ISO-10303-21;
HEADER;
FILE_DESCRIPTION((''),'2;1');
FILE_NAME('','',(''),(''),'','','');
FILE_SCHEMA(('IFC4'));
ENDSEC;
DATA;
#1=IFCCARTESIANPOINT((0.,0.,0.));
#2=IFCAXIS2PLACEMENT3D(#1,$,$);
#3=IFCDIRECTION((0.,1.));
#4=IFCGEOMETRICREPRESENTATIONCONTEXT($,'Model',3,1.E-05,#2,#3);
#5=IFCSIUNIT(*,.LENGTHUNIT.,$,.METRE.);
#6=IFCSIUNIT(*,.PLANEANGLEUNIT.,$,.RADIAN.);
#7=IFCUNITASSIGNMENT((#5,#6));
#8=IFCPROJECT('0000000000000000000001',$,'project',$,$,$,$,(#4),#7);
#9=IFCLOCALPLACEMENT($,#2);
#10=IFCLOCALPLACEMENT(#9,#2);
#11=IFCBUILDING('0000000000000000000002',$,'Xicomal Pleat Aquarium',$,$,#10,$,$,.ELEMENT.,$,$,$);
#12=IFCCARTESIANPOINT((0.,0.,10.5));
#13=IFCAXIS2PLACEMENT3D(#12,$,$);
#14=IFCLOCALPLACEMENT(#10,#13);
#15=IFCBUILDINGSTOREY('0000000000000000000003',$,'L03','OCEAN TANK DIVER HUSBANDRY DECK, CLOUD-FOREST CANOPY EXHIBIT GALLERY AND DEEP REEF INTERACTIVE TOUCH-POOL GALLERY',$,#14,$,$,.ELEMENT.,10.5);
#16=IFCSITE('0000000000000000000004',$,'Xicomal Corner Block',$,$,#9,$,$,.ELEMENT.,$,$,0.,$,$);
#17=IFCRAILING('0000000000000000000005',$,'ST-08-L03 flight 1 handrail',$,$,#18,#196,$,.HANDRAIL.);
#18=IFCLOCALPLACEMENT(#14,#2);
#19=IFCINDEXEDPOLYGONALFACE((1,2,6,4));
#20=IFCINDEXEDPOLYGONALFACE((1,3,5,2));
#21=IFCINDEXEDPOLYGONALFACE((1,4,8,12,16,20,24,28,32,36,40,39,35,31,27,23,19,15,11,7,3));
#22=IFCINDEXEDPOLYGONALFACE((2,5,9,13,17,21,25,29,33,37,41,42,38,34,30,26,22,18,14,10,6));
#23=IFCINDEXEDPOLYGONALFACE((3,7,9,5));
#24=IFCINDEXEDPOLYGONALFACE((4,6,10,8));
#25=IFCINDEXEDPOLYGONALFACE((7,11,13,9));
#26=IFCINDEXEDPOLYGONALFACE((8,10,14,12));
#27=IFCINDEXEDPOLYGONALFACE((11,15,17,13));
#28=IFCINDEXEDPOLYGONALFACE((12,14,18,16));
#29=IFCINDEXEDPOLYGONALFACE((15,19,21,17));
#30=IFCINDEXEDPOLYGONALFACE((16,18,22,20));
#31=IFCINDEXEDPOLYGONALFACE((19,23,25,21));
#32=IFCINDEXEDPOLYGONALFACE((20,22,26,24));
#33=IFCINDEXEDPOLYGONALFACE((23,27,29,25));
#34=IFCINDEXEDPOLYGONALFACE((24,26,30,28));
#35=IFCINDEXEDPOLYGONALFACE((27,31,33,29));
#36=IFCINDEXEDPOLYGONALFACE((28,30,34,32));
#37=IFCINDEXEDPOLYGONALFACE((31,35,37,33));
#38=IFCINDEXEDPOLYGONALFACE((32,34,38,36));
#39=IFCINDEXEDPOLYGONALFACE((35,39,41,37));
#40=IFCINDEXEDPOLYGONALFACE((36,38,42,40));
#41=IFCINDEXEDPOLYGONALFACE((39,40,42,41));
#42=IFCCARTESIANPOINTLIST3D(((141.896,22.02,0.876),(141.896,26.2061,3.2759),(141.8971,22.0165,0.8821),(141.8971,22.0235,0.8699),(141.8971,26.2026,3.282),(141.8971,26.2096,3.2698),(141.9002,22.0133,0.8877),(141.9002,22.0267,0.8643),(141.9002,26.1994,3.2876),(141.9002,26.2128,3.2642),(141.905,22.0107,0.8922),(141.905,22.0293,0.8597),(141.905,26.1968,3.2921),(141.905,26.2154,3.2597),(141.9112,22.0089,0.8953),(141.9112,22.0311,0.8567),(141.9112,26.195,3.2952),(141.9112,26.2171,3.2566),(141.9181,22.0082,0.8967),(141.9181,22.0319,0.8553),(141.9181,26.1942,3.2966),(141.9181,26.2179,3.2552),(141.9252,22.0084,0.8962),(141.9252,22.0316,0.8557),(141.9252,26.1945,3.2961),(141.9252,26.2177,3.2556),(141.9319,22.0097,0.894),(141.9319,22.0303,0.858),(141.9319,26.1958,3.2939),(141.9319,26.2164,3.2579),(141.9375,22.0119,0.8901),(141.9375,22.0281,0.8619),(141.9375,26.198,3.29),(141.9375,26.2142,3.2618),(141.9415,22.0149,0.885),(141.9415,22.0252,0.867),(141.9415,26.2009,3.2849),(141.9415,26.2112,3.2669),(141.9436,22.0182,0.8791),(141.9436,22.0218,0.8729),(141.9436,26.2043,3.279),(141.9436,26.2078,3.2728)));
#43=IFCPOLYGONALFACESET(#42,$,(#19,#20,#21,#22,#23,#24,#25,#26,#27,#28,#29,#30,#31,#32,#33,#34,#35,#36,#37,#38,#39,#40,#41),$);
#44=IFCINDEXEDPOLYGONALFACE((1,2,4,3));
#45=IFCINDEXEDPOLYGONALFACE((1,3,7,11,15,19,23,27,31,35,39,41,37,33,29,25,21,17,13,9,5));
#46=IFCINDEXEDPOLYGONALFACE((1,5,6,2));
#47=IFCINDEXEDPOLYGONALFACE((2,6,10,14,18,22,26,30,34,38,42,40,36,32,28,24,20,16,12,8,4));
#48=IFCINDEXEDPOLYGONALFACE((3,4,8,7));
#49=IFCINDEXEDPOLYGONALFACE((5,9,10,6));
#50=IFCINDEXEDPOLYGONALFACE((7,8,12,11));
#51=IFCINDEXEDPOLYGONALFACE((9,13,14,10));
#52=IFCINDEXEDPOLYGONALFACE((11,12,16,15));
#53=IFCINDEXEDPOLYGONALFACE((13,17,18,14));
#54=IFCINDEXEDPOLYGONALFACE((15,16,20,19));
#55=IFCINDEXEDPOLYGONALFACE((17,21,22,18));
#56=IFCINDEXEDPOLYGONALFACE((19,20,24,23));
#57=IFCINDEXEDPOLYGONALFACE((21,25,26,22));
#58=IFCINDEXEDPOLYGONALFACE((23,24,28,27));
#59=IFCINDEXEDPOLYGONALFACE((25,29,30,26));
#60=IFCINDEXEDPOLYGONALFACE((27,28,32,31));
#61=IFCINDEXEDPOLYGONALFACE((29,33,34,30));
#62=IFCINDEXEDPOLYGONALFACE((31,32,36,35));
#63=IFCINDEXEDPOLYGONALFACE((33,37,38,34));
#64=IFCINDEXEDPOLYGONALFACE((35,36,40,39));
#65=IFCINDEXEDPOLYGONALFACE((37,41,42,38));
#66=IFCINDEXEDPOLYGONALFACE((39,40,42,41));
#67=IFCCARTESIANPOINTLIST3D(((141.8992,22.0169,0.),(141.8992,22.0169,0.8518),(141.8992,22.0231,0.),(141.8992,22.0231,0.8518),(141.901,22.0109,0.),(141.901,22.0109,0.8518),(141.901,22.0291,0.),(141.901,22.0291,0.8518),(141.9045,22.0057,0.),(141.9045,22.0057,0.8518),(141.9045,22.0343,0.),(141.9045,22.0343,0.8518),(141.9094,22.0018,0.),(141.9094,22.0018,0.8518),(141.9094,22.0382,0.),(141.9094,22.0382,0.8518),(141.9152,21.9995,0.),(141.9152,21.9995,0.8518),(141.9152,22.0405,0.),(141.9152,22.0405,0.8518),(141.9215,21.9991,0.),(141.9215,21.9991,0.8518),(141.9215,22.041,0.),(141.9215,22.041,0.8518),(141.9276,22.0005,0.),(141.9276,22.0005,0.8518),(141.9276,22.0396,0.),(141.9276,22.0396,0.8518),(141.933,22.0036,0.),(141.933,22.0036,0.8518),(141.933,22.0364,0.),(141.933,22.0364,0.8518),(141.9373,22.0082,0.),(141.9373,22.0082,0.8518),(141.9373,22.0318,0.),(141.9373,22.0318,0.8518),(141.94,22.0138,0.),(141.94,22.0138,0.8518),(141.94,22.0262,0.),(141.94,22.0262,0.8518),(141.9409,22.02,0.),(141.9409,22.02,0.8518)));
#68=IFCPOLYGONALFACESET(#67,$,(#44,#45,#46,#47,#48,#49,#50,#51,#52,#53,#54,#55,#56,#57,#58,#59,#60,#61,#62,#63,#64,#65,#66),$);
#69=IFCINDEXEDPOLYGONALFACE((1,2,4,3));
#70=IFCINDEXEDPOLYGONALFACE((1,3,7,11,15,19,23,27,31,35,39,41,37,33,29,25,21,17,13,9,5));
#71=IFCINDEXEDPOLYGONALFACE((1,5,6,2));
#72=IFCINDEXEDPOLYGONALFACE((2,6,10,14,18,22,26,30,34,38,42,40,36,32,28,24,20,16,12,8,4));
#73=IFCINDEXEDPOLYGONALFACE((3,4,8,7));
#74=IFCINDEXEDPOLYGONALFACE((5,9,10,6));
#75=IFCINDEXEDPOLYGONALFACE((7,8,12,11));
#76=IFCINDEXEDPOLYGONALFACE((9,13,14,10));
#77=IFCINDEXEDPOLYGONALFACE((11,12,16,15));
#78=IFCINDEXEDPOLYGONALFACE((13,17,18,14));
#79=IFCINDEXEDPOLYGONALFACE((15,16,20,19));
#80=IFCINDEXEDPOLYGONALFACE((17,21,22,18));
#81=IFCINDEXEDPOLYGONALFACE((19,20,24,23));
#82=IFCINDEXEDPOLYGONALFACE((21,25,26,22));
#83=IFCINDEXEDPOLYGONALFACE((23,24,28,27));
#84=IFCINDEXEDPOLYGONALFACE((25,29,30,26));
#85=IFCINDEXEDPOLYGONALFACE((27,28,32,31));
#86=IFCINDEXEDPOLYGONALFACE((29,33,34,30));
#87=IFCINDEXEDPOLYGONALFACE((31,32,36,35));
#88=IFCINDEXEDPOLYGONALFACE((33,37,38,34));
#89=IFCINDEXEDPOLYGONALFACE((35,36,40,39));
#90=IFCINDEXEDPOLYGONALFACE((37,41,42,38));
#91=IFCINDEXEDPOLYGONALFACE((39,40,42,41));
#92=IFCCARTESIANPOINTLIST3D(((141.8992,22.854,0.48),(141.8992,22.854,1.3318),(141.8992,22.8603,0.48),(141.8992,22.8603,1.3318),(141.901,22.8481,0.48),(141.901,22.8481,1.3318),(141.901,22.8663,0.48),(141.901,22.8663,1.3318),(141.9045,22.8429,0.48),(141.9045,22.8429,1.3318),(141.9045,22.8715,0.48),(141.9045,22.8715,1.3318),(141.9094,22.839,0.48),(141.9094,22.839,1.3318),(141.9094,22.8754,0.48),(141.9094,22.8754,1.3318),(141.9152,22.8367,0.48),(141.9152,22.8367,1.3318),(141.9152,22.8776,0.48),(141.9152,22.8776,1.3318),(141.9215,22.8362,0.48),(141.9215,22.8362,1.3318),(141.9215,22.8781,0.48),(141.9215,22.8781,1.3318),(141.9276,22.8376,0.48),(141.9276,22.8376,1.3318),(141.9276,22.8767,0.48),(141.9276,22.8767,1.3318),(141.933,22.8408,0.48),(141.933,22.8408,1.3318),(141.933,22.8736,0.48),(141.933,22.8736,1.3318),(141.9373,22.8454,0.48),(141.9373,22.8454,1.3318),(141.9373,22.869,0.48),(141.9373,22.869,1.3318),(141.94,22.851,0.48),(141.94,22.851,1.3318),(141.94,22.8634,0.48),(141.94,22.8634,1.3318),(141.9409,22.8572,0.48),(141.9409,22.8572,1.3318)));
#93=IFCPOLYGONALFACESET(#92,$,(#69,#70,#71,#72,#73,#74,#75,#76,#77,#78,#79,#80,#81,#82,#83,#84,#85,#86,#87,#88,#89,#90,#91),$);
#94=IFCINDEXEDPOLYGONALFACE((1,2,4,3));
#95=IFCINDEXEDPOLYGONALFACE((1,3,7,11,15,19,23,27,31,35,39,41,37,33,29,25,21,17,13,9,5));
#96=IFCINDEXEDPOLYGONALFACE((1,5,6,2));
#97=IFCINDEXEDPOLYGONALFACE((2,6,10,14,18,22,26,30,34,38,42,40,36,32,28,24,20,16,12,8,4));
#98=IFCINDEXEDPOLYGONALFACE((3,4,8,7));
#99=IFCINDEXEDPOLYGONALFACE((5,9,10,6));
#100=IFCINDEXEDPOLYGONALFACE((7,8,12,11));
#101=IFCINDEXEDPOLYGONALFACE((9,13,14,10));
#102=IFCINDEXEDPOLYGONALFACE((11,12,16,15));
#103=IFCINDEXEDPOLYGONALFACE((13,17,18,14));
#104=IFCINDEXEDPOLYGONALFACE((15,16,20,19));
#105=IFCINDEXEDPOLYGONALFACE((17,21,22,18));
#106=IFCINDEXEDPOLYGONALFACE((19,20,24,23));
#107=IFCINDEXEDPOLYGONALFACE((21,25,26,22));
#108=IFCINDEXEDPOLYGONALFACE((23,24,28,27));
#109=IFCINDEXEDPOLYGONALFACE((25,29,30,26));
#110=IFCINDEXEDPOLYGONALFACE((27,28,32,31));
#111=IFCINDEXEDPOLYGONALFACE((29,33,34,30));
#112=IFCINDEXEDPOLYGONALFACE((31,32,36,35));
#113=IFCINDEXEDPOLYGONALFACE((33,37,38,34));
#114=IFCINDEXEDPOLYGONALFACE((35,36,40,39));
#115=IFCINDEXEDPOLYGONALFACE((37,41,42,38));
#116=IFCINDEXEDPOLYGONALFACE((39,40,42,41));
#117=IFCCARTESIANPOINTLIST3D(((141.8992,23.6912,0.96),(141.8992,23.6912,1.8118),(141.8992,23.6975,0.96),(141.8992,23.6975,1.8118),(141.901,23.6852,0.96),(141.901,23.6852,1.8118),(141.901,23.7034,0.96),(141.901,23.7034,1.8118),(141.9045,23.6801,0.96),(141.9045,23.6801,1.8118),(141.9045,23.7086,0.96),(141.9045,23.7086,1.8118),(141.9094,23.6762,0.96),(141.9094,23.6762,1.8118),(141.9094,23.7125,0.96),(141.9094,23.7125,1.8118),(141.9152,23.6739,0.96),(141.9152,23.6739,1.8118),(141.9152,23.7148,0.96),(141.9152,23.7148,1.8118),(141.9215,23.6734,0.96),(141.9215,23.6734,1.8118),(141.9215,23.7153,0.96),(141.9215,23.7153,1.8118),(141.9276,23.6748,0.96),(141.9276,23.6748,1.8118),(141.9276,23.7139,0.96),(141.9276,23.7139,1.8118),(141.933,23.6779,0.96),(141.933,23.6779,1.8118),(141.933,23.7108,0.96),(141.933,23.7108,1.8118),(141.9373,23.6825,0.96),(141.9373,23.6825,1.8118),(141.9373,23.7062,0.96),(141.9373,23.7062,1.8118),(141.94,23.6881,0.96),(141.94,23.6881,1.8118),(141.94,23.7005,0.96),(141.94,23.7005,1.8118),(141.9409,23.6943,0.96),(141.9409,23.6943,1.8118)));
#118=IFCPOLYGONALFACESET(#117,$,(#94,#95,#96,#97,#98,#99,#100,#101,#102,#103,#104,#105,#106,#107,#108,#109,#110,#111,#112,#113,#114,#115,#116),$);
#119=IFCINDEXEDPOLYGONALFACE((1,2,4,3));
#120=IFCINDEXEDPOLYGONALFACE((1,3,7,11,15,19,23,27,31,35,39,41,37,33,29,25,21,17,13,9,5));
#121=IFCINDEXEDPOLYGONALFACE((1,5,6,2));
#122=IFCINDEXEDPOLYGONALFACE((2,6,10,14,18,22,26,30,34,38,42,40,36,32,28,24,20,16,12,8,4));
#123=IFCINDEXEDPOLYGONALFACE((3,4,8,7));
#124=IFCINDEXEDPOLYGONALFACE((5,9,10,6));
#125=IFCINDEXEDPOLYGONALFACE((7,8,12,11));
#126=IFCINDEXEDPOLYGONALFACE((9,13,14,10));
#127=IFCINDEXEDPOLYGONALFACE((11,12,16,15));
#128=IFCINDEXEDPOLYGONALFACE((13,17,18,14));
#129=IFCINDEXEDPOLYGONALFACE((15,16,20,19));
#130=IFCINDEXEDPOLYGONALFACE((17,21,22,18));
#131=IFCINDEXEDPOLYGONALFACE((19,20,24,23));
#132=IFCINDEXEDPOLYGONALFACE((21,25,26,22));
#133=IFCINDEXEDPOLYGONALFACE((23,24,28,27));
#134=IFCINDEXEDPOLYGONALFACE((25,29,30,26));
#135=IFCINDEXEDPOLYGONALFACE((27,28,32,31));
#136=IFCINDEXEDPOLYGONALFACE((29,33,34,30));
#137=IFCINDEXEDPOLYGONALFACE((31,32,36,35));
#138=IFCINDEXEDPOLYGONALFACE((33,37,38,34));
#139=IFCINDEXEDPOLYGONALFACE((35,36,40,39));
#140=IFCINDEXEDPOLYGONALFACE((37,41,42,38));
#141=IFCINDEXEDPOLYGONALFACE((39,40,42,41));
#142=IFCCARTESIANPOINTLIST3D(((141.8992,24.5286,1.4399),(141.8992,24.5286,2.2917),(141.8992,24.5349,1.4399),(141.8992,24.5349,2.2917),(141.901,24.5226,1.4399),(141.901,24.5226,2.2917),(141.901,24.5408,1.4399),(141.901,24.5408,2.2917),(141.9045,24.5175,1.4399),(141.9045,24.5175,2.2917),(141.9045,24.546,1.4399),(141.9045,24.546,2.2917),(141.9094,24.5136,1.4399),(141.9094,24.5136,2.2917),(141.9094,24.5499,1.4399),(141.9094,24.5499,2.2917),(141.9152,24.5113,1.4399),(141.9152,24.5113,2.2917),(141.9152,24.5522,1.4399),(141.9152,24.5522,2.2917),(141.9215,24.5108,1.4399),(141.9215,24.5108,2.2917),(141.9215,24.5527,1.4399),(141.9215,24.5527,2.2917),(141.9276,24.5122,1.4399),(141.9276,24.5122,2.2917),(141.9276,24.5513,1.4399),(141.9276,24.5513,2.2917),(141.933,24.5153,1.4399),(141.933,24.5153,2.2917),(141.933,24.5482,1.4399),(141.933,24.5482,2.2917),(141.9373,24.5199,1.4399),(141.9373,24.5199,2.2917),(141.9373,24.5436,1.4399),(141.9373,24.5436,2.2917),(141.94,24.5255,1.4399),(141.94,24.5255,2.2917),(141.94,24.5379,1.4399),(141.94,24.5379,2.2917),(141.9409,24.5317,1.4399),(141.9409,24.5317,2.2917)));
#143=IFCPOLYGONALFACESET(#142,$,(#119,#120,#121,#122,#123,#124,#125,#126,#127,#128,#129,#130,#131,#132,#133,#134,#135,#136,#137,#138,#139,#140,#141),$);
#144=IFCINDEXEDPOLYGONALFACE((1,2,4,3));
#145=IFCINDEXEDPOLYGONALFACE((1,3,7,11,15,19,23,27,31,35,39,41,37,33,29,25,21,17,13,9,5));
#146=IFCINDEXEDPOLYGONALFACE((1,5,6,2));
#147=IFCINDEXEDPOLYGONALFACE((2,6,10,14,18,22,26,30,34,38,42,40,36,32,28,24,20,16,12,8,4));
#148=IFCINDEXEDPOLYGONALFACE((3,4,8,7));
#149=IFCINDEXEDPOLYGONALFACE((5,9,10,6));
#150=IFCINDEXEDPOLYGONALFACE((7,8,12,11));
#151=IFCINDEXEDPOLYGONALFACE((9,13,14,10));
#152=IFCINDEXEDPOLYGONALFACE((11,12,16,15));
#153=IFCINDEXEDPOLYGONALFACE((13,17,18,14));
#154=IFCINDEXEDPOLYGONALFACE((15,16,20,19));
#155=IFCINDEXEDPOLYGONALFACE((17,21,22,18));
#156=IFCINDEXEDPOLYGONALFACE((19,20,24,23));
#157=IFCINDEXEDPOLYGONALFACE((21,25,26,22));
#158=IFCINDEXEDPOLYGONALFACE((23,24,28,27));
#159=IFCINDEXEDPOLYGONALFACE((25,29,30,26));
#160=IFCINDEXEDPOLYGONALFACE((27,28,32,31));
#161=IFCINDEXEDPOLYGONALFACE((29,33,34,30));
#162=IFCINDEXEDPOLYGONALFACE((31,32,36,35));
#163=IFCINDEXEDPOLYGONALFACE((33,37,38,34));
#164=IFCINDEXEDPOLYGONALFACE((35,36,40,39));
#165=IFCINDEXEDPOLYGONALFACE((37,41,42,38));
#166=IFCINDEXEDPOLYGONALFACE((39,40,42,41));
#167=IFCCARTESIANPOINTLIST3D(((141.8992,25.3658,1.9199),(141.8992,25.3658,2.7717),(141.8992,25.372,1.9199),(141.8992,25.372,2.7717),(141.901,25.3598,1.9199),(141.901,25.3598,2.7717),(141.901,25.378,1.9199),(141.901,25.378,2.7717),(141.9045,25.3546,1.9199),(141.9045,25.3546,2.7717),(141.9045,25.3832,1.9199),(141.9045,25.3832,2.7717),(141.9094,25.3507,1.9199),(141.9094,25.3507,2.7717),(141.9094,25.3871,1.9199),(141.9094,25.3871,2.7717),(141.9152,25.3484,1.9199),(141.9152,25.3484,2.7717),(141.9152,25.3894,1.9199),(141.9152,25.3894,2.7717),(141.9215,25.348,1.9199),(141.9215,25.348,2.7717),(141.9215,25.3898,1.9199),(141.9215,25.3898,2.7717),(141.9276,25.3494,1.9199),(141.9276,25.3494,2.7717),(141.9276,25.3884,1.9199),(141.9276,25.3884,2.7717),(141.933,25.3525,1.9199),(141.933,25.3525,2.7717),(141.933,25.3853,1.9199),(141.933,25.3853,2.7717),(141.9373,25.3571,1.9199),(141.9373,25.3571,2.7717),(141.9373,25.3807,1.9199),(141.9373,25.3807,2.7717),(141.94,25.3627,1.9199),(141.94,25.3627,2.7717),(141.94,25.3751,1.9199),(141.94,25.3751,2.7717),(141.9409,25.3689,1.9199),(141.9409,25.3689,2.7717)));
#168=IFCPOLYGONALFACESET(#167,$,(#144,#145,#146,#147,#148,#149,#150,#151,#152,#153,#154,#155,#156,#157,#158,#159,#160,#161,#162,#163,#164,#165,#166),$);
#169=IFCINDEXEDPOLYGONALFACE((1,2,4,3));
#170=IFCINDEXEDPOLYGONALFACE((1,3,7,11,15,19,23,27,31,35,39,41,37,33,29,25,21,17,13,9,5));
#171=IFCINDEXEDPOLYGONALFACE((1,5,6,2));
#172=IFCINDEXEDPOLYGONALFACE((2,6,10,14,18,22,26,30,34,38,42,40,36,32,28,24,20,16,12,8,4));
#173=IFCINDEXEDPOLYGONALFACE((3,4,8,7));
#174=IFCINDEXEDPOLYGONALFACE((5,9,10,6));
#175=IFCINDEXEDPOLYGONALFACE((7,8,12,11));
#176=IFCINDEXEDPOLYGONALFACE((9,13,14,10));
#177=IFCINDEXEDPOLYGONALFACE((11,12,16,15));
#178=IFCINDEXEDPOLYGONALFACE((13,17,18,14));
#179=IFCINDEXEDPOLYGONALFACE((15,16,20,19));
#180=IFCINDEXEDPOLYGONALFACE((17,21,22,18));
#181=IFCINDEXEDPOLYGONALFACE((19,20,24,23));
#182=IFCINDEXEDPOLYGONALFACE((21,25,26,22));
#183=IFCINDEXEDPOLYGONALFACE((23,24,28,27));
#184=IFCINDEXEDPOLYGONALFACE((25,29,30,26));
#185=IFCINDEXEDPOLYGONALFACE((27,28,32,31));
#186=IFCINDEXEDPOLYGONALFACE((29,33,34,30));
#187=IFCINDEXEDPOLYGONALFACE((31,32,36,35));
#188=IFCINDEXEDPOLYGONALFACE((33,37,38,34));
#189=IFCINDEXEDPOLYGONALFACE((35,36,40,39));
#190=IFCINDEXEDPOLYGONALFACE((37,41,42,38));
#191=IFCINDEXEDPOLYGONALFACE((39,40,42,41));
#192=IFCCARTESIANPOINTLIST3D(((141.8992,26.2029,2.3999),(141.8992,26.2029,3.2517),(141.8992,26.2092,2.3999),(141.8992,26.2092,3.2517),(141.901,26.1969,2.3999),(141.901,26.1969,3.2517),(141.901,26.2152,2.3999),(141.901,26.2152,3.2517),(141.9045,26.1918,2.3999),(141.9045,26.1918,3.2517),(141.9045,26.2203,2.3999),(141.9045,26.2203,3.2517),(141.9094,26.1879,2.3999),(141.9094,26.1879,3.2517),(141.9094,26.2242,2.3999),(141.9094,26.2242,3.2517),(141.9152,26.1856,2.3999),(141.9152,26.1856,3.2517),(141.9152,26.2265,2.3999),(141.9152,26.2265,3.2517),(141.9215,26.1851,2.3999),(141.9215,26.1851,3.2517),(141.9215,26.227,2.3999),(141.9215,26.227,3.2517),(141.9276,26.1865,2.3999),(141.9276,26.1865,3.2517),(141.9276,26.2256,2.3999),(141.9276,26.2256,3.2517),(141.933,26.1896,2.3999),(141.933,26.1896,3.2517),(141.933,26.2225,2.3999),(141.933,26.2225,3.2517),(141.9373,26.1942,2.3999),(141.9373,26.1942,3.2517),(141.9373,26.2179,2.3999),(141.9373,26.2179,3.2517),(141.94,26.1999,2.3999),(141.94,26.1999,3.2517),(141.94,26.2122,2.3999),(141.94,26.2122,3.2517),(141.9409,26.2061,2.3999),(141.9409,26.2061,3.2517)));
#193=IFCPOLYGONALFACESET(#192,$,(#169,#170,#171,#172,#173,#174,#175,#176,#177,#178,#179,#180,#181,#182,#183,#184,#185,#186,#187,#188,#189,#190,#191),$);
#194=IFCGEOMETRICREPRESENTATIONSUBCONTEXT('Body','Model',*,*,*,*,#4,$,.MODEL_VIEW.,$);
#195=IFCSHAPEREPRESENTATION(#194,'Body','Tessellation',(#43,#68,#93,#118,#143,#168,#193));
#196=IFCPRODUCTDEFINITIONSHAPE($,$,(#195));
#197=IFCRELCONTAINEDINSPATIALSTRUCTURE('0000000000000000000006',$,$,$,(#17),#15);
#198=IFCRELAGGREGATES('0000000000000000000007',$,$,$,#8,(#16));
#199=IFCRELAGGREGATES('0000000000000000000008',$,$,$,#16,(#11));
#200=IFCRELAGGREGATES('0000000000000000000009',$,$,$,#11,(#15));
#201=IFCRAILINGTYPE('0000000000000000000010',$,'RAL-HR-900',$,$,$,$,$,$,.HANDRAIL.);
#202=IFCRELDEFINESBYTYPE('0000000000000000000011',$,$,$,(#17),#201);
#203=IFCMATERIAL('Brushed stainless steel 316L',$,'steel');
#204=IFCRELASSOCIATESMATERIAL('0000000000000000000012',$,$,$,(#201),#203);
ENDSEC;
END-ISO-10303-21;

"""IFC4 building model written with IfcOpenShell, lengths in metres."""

from ifc_helpers import new_model, si_unit, direction, frame, origin, origin_2d, place, context, subcontext, project, spatial, circle, extrude, material, type_object, element, save


model = new_model("IFC4")

# Units and contexts
model_context = context("Model", 3, precision=1e-05, world=origin(), true_north=direction((0.0, 1.0)))
body_context = subcontext(model_context, "Body", "Model", "MODEL_VIEW")
ifc_project = project(units=[si_unit("LENGTHUNIT", "METRE"), si_unit("PLANEANGLEUNIT", "RADIAN")], contexts=[model_context])

# Site, building, storey
site_placement = place(None, origin())
site = spatial("IfcSite", under=ifc_project, at=site_placement, Name="Xicomal Corner Block", CompositionType="ELEMENT", RefElevation=0.0)
building_placement = place(site_placement, origin())
building = spatial("IfcBuilding", under=site, at=building_placement, Name="Xicomal Pleat Aquarium", CompositionType="ELEMENT")
storey_placement = place(building_placement, frame((0.0, 0.0, 10.5)))
storey = spatial("IfcBuildingStorey", under=building, at=storey_placement, Name="L03", Description="OCEAN TANK DIVER HUSBANDRY DECK, CLOUD-FOREST CANOPY EXHIBIT GALLERY AND DEEP REEF INTERACTIVE TOUCH-POOL GALLERY", CompositionType="ELEMENT", Elevation=10.5)

# Railing
ifc_material_1 = material(Name="Brushed stainless steel 316L", Category="steel")
railing_type_1 = type_object("IfcRailingType", Name="RAL-HR-900", PredefinedType="HANDRAIL", material=ifc_material_1)
railing_1_placement = place(storey_placement, frame((141.9199, 22.02, 0.0)))
element("IfcRailing", 1, at=railing_1_placement, inside=storey, type_object=railing_type_1, Name="ST-08-L03 flight 1 handrail", PredefinedType="HANDRAIL", context=body_context, shape_type="SweptSolid", body=[
    extrude(circle(Radius=0.0239, at=origin_2d()), frame((0.0, 0.0, 0.876), z_axis=(0.0, 0.867539, 0.49737), x_axis=(-1.0, 0.0, 0.0)), (0.0, 0.0, 1.0), 4.8252),
    extrude(circle(Radius=0.021, at=origin_2d()), origin(), (0.0, 0.0, 1.0), 0.8518),
    extrude(circle(Radius=0.021, at=origin_2d()), frame((0.0, 0.8372, 0.48)), (0.0, 0.0, 1.0), 0.8518),
    extrude(circle(Radius=0.021, at=origin_2d()), frame((0.0, 1.6743, 0.96)), (0.0, 0.0, 1.0), 0.8518),
    extrude(circle(Radius=0.021, at=origin_2d()), frame((0.0, 2.5117, 1.4399)), (0.0, 0.0, 1.0), 0.8518),
    extrude(circle(Radius=0.021, at=origin_2d()), frame((0.0, 3.3489, 1.9199)), (0.0, 0.0, 1.0), 0.8518),
    extrude(circle(Radius=0.021, at=origin_2d()), frame((0.0, 4.186, 2.3999)), (0.0, 0.0, 1.0), 0.8518),
])

save(model, "model.ifc")
